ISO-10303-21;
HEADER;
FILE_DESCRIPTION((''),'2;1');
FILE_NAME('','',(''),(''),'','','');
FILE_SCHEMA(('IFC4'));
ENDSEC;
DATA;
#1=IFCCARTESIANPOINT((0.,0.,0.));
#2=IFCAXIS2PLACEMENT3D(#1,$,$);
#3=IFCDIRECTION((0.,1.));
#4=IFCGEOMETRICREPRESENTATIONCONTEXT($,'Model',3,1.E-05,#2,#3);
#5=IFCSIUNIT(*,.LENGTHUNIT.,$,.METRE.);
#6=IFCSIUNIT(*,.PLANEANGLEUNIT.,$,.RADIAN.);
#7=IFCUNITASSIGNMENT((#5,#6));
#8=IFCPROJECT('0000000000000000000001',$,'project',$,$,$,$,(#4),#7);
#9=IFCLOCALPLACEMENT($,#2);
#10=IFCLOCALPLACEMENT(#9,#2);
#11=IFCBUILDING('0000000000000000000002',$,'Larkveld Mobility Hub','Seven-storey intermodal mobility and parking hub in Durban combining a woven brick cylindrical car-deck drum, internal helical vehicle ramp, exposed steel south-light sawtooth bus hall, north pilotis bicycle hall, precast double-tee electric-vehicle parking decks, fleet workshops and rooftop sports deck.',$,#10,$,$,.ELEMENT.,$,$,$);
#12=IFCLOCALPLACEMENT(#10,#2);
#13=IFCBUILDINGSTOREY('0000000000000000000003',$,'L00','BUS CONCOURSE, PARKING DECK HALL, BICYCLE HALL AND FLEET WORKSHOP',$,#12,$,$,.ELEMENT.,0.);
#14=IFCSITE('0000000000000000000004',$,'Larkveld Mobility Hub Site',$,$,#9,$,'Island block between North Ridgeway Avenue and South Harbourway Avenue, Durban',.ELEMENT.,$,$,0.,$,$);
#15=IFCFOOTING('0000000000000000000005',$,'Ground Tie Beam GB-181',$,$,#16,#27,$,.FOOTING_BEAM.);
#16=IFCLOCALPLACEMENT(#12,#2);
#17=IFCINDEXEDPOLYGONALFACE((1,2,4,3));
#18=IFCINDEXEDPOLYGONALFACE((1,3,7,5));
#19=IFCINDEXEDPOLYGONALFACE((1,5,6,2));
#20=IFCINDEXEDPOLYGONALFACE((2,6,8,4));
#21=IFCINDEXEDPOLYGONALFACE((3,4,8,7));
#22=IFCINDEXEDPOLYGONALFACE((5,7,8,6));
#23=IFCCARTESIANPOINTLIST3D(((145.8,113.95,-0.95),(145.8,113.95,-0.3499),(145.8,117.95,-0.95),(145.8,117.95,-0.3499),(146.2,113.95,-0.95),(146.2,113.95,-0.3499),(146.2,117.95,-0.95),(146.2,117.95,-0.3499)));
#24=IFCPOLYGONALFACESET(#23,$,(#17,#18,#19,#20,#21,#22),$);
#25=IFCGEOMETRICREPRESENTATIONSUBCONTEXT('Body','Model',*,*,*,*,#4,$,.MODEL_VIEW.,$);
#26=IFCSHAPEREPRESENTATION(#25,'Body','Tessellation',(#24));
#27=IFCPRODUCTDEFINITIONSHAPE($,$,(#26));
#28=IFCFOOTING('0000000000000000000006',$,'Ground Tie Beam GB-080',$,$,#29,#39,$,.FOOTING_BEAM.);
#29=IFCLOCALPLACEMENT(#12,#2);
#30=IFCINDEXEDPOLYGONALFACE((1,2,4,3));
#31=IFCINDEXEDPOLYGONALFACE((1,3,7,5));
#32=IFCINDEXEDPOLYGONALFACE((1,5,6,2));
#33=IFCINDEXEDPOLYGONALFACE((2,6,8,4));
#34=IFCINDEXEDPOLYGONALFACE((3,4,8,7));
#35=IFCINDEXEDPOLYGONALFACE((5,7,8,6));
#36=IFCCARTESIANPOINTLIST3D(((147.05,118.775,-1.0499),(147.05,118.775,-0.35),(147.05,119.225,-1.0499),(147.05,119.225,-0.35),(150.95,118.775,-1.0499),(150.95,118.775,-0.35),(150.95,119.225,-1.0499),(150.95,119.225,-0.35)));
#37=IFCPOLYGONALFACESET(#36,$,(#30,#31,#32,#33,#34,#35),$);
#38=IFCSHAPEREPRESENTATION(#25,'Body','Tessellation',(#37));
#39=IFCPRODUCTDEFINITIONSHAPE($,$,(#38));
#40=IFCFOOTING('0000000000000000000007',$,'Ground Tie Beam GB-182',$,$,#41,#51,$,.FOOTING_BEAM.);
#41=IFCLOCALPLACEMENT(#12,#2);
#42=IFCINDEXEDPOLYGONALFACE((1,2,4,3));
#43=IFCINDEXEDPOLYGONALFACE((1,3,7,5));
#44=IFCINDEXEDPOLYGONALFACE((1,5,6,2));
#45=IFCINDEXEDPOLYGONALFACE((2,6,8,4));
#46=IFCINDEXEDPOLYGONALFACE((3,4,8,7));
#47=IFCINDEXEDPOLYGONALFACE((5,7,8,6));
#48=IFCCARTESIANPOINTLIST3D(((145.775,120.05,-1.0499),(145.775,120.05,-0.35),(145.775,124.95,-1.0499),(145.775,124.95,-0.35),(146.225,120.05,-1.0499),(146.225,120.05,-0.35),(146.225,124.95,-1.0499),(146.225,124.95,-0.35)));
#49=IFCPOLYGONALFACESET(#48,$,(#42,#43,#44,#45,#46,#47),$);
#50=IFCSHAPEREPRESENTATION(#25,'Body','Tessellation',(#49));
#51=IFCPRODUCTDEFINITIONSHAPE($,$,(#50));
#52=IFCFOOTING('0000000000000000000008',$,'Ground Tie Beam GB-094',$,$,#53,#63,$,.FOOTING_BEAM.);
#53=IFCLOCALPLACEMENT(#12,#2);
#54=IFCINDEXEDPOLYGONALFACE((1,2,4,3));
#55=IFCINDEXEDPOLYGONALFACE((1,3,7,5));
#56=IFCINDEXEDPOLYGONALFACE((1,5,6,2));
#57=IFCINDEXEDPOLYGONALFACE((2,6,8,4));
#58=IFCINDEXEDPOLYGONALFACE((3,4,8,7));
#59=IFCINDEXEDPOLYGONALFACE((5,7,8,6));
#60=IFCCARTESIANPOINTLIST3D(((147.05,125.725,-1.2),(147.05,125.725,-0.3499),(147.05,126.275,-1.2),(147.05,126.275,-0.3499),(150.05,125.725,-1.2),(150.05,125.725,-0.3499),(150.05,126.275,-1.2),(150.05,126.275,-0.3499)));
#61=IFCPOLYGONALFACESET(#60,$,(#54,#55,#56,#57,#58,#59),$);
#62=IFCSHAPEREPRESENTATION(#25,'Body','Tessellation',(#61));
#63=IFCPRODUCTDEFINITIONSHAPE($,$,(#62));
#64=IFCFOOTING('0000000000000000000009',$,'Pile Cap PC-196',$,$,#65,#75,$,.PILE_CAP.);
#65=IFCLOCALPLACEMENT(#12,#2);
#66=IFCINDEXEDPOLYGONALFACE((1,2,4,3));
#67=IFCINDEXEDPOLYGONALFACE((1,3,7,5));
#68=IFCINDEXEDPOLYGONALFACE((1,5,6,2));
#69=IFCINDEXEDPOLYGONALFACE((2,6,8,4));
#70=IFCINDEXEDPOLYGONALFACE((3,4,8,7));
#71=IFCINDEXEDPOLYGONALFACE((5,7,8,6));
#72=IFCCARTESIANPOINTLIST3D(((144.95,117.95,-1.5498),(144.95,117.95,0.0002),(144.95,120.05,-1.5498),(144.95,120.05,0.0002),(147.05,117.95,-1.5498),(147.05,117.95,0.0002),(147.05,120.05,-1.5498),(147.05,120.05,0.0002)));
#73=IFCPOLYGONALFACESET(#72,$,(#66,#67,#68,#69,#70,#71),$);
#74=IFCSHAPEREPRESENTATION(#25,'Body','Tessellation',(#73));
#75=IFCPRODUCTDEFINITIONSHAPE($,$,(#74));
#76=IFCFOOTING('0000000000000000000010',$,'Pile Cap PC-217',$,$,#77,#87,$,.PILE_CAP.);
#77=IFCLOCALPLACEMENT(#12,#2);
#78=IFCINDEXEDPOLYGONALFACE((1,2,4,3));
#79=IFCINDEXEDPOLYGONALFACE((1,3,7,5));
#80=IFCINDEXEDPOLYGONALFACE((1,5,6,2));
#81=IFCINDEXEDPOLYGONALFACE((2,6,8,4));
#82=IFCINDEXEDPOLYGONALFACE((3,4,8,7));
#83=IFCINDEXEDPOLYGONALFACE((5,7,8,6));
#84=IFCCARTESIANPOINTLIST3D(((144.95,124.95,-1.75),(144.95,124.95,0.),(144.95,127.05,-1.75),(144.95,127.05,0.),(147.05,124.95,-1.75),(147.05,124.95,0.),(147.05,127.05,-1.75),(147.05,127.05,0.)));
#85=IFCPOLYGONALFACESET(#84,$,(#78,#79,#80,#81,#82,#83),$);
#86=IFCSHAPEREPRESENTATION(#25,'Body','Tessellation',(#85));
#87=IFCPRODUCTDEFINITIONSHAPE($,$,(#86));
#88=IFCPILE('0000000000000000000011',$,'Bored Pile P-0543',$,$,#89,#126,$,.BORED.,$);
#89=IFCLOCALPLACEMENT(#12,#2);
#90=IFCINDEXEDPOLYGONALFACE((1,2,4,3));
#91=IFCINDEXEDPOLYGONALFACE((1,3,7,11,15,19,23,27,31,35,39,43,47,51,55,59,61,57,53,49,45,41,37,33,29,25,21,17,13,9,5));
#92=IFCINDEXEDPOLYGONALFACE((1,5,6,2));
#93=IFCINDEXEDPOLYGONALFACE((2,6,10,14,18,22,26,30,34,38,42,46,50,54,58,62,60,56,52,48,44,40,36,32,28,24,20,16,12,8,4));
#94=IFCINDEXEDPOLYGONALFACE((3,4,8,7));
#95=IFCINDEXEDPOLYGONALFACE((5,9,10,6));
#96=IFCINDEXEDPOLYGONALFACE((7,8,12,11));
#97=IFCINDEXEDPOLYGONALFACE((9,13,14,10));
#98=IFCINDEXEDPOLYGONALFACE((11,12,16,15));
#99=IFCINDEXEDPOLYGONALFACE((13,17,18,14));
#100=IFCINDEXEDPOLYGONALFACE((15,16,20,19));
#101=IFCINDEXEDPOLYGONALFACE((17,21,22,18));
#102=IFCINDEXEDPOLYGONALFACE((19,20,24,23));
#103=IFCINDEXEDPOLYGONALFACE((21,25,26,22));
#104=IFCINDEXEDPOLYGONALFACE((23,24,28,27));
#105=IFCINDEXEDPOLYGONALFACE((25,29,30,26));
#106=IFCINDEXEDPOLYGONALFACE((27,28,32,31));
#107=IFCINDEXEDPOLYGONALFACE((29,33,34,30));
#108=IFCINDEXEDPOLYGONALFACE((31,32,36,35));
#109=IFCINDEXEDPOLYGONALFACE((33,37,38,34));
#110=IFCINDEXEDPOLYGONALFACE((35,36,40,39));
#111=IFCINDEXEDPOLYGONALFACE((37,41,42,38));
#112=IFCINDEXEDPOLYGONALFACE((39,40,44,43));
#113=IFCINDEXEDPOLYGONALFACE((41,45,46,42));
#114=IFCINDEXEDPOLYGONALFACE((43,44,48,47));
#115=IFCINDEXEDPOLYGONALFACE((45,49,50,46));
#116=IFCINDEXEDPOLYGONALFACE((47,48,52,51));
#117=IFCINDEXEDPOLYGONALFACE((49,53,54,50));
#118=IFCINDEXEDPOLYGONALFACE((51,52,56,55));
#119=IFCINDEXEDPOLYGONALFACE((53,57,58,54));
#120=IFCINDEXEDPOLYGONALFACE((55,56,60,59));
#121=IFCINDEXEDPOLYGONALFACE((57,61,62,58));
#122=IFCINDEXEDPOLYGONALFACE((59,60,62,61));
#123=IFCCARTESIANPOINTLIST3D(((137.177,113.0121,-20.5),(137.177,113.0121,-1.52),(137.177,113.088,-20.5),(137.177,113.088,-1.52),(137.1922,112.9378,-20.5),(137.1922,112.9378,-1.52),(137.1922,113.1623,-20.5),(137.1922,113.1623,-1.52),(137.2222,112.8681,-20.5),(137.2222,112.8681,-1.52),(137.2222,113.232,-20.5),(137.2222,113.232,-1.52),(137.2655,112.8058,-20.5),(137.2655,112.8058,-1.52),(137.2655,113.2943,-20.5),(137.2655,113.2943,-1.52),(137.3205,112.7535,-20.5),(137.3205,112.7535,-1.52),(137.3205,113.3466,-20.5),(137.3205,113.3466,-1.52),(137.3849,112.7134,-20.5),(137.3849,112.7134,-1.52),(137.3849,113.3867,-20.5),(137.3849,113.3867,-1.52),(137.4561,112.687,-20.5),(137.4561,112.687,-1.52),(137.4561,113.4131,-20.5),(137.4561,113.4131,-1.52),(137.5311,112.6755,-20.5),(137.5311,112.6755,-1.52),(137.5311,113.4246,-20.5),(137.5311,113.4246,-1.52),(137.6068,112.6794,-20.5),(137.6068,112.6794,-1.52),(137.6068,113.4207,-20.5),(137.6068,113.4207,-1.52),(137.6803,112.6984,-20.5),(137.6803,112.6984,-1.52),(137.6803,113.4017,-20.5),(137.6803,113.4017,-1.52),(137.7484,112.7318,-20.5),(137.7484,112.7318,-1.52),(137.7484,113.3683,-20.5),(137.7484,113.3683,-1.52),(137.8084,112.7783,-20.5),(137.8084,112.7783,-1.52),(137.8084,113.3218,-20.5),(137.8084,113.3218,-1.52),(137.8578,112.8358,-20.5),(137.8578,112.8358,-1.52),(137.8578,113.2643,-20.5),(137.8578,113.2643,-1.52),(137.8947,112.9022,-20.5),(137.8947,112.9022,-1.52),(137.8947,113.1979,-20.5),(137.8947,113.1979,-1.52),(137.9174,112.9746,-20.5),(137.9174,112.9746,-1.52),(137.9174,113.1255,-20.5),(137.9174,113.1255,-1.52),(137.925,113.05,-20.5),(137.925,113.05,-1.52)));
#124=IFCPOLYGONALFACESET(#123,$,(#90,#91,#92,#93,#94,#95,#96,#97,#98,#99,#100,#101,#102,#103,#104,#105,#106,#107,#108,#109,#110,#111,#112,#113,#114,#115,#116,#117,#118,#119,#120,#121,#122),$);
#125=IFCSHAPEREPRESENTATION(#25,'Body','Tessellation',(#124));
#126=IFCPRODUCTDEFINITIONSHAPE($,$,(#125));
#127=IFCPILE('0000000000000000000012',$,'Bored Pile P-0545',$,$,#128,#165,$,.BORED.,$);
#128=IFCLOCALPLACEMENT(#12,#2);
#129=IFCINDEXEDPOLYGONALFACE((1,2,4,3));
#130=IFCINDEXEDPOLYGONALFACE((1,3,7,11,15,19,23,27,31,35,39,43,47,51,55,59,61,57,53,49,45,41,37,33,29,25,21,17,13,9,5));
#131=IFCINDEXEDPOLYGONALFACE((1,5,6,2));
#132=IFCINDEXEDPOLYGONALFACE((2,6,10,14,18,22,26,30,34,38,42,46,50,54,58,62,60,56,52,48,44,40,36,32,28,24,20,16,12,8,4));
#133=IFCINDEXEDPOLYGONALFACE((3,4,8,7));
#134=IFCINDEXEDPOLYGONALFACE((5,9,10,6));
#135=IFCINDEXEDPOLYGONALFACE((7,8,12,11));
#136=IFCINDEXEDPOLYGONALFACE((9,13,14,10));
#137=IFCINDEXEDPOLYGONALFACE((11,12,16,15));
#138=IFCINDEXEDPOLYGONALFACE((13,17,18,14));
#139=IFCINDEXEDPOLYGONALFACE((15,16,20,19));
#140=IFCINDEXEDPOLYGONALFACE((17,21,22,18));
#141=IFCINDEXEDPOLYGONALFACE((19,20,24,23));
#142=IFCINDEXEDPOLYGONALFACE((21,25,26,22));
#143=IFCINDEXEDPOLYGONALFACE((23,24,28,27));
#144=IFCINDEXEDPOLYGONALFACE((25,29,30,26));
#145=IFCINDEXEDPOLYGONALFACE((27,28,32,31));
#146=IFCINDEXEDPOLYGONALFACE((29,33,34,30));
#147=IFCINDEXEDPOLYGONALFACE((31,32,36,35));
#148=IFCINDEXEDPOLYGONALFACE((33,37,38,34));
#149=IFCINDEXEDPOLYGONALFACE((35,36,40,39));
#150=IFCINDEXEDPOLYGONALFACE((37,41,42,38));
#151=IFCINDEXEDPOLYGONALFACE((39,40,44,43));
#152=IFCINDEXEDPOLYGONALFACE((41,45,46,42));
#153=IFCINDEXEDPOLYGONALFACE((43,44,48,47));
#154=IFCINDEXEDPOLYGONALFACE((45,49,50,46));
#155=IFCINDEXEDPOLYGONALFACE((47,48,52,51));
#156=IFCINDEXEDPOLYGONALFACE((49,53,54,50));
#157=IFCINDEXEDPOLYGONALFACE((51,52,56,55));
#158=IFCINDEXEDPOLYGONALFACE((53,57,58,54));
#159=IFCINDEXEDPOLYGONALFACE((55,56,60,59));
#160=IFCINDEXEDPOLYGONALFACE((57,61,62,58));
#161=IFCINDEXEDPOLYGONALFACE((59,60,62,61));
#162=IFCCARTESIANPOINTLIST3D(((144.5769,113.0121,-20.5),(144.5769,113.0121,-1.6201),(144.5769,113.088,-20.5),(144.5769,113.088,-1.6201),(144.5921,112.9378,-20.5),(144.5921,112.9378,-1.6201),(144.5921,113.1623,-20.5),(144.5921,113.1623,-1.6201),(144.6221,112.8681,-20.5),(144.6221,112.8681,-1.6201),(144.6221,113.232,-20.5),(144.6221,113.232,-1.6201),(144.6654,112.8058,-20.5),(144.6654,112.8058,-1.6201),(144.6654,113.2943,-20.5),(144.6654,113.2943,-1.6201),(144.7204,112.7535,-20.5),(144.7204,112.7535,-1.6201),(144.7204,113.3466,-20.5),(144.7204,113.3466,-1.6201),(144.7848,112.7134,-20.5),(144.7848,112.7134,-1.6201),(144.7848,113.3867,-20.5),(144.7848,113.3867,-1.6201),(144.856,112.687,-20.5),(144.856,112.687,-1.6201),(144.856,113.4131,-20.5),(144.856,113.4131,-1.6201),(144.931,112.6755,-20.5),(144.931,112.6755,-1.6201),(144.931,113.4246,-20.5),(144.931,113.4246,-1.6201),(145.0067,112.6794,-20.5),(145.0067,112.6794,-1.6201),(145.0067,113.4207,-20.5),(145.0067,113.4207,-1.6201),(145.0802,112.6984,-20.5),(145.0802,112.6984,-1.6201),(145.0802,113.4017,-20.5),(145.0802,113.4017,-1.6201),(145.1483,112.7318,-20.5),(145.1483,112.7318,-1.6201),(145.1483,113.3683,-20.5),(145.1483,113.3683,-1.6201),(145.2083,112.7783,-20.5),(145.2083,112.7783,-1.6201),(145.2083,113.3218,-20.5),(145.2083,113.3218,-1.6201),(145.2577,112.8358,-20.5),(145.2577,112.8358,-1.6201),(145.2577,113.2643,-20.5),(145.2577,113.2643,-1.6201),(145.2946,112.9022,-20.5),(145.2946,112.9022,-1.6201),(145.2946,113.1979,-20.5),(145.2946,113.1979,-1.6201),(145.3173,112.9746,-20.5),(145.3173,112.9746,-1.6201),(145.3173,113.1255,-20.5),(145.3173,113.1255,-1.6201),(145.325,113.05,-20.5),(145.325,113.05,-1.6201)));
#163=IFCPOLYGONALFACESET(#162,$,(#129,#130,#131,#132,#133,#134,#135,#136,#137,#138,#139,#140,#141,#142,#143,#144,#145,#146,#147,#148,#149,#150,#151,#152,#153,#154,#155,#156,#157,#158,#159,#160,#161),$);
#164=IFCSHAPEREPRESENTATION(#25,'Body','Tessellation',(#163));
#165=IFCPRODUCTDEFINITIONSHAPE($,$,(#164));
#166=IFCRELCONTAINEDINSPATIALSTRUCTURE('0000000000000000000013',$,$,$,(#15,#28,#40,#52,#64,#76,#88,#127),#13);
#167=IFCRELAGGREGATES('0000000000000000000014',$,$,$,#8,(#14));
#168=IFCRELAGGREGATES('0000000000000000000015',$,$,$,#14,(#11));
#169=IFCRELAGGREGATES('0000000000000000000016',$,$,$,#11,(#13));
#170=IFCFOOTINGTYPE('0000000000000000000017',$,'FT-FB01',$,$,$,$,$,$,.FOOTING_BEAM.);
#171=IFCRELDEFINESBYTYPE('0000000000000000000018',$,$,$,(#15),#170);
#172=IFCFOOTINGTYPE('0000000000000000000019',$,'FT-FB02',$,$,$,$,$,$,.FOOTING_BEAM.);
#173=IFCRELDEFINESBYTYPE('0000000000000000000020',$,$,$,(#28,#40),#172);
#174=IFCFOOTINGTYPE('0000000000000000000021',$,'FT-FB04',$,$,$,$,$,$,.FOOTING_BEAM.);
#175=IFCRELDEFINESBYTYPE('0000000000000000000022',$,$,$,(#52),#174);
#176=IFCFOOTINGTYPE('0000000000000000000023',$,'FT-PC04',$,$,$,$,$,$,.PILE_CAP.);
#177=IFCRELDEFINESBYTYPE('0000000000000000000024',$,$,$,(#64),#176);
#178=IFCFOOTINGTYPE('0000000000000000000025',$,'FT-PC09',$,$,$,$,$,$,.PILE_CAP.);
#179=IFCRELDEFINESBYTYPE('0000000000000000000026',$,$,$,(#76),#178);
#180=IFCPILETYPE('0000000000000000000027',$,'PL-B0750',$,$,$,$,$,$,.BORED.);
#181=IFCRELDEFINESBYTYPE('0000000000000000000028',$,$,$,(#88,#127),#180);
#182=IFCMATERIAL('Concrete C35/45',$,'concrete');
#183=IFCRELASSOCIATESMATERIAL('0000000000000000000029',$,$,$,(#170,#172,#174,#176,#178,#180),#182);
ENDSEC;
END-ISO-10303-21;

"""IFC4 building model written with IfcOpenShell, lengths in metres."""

from ifc_helpers import new_model, si_unit, direction, frame, origin, origin_2d, place, context, subcontext, project, spatial, rectangle, circle, extrude, material, material_profile, profile_set, type_object, element, save


model = new_model("IFC4")

# Units and contexts
model_context = context("Model", 3, precision=1e-05, world=origin(), true_north=direction((0.0, 1.0)))
body_context = subcontext(model_context, "Body", "Model", "MODEL_VIEW")
ifc_project = project(units=[si_unit("LENGTHUNIT", "METRE"), si_unit("PLANEANGLEUNIT", "RADIAN")], contexts=[model_context])

# Site, building, storey
site_placement = place(None, origin())
site = spatial("IfcSite", under=ifc_project, at=site_placement, Name="Larkveld Mobility Hub Site", LongName="Island block between North Ridgeway Avenue and South Harbourway Avenue, Durban", CompositionType="ELEMENT", RefElevation=0.0)
building_placement = place(site_placement, origin())
building = spatial("IfcBuilding", under=site, at=building_placement, Name="Larkveld Mobility Hub", Description="Seven-storey intermodal mobility and parking hub in Durban combining a woven brick cylindrical car-deck drum, internal helical vehicle ramp, exposed steel south-light sawtooth bus hall, north pilotis bicycle hall, precast double-tee electric-vehicle parking decks, fleet workshops and rooftop sports deck.", CompositionType="ELEMENT")
storey_placement = place(building_placement, origin())
storey = spatial("IfcBuildingStorey", under=building, at=storey_placement, Name="L00", Description="BUS CONCOURSE, PARKING DECK HALL, BICYCLE HALL AND FLEET WORKSHOP", CompositionType="ELEMENT", Elevation=0.0)

# Footings
ifc_material_1 = material(Name="Concrete C35/45", Category="concrete")
ifc_material_profile_1 = material_profile(ifc_material_1, rectangle(XDim=0.3999, YDim=0.6001, at=origin_2d()), Name="RC BM 400x600")
ifc_profile_set_1 = profile_set([ifc_material_profile_1], Name="Concrete C35/45")
footing_type_1 = type_object("IfcFootingType", Name="FT-FB01", PredefinedType="FOOTING_BEAM", material=ifc_profile_set_1)
footing_1_placement = place(storey_placement, frame((146.0, 113.95, -0.6499), z_axis=(0.0, 1.0, 0.0), x_axis=(-1.0, 0.0, 0.0)))
element("IfcFooting", 1, at=footing_1_placement, inside=storey, type_object=footing_type_1, Name="Ground Tie Beam GB-181", PredefinedType="FOOTING_BEAM", context=body_context, shape_type="SweptSolid", body=[
    extrude(rectangle(XDim=0.3999, YDim=0.6001, at=origin_2d()), origin(), (0.0, 0.0, 1.0), 4.0),
])
ifc_material_profile_2 = material_profile(ifc_material_1, rectangle(XDim=0.45, YDim=0.7, at=origin_2d()), Name="RC BM 450x700")
ifc_profile_set_2 = profile_set([ifc_material_profile_2], Name="Concrete C35/45")
footing_type_2 = type_object("IfcFootingType", Name="FT-FB02", PredefinedType="FOOTING_BEAM", material=ifc_profile_set_2)
footing_2_placement = place(storey_placement, frame((147.05, 119.0, -0.7), z_axis=(1.0, 0.0, 0.0), x_axis=(0.0, 1.0, 0.0)))
element("IfcFooting", 2, at=footing_2_placement, inside=storey, type_object=footing_type_2, Name="Ground Tie Beam GB-080", PredefinedType="FOOTING_BEAM", context=body_context, shape_type="SweptSolid", body=[
    extrude(rectangle(XDim=0.45, YDim=0.7, at=origin_2d()), origin(), (0.0, 0.0, 1.0), 3.8999),
])
footing_3_placement = place(storey_placement, frame((146.0, 120.05, -0.7), z_axis=(0.0, 1.0, 0.0), x_axis=(-1.0, 0.0, 0.0)))
element("IfcFooting", 3, at=footing_3_placement, inside=storey, type_object=footing_type_2, Name="Ground Tie Beam GB-182", PredefinedType="FOOTING_BEAM", context=body_context, shape_type="SweptSolid", body=[
    extrude(rectangle(XDim=0.45, YDim=0.7, at=origin_2d()), origin(), (0.0, 0.0, 1.0), 4.8999),
])
ifc_material_profile_3 = material_profile(ifc_material_1, rectangle(XDim=0.55, YDim=0.8501, at=origin_2d()), Name="RC BM 550x850")
ifc_profile_set_3 = profile_set([ifc_material_profile_3], Name="Concrete C35/45")
footing_type_3 = type_object("IfcFootingType", Name="FT-FB04", PredefinedType="FOOTING_BEAM", material=ifc_profile_set_3)
footing_4_placement = place(storey_placement, frame((147.05, 126.0, -0.7749), z_axis=(1.0, 0.0, 0.0), x_axis=(0.0, 1.0, 0.0)))
element("IfcFooting", 4, at=footing_4_placement, inside=storey, type_object=footing_type_3, Name="Ground Tie Beam GB-094", PredefinedType="FOOTING_BEAM", context=body_context, shape_type="SweptSolid", body=[
    extrude(rectangle(XDim=0.55, YDim=0.8501, at=origin_2d()), origin(), (0.0, 0.0, 1.0), 3.0),
])
footing_type_4 = type_object("IfcFootingType", Name="FT-PC04", PredefinedType="PILE_CAP", material=ifc_material_1)
footing_5_placement = place(storey_placement, frame((146.0, 119.0, -1.5498), z_axis=(0.0, 0.0, 1.0), x_axis=(1.0, 0.0, 0.0)))
element("IfcFooting", 5, at=footing_5_placement, inside=storey, type_object=footing_type_4, Name="Pile Cap PC-196", PredefinedType="PILE_CAP", context=body_context, shape_type="SweptSolid", body=[
    extrude(rectangle(XDim=2.1001, YDim=2.1001, at=origin_2d()), origin(), (0.0, 0.0, 1.0), 1.55),
])
footing_type_5 = type_object("IfcFootingType", Name="FT-PC09", PredefinedType="PILE_CAP", material=ifc_material_1)
footing_6_placement = place(storey_placement, frame((146.0, 126.0, -1.75), z_axis=(0.0, 0.0, 1.0), x_axis=(1.0, 0.0, 0.0)))
element("IfcFooting", 6, at=footing_6_placement, inside=storey, type_object=footing_type_5, Name="Pile Cap PC-217", PredefinedType="PILE_CAP", context=body_context, shape_type="SweptSolid", body=[
    extrude(rectangle(XDim=2.1001, YDim=2.1001, at=origin_2d()), origin(), (0.0, 0.0, 1.0), 1.75),
])

# Piles
ifc_material_profile_4 = material_profile(ifc_material_1, circle(Radius=0.375, at=origin_2d()), Name="PILE D750")
ifc_profile_set_4 = profile_set([ifc_material_profile_4], Name="Concrete C35/45")
pile_type = type_object("IfcPileType", Name="PL-B0750", PredefinedType="BORED", material=ifc_profile_set_4)
pile_1_placement = place(storey_placement, frame((137.55, 113.05, -1.52), z_axis=(0.0, 0.0, -1.0), x_axis=(1.0, 0.0, 0.0)))
element("IfcPile", 7, at=pile_1_placement, inside=storey, type_object=pile_type, Name="Bored Pile P-0543", PredefinedType="BORED", context=body_context, shape_type="SweptSolid", body=[
    extrude(circle(Radius=0.375, at=origin_2d()), origin(), (0.0, 0.0, 1.0), 18.98),
])
for number, where, z_axis, x_axis, name in (
    (8, (144.95, 113.05, -1.6201), (0.0, 0.0, -1.0), (1.0, 0.0, 0.0), "Bored Pile P-0545"),
):
    element("IfcPile", number, at=place(storey_placement, frame(where, z_axis=z_axis, x_axis=x_axis)), inside=storey, type_object=pile_type, Name=name, PredefinedType="BORED", context=body_context, shape_type="SweptSolid", body=[
        extrude(circle(Radius=0.375, at=origin_2d()), origin(), (0.0, 0.0, 1.0), 18.8799),
    ])

save(model, "model.ifc")
